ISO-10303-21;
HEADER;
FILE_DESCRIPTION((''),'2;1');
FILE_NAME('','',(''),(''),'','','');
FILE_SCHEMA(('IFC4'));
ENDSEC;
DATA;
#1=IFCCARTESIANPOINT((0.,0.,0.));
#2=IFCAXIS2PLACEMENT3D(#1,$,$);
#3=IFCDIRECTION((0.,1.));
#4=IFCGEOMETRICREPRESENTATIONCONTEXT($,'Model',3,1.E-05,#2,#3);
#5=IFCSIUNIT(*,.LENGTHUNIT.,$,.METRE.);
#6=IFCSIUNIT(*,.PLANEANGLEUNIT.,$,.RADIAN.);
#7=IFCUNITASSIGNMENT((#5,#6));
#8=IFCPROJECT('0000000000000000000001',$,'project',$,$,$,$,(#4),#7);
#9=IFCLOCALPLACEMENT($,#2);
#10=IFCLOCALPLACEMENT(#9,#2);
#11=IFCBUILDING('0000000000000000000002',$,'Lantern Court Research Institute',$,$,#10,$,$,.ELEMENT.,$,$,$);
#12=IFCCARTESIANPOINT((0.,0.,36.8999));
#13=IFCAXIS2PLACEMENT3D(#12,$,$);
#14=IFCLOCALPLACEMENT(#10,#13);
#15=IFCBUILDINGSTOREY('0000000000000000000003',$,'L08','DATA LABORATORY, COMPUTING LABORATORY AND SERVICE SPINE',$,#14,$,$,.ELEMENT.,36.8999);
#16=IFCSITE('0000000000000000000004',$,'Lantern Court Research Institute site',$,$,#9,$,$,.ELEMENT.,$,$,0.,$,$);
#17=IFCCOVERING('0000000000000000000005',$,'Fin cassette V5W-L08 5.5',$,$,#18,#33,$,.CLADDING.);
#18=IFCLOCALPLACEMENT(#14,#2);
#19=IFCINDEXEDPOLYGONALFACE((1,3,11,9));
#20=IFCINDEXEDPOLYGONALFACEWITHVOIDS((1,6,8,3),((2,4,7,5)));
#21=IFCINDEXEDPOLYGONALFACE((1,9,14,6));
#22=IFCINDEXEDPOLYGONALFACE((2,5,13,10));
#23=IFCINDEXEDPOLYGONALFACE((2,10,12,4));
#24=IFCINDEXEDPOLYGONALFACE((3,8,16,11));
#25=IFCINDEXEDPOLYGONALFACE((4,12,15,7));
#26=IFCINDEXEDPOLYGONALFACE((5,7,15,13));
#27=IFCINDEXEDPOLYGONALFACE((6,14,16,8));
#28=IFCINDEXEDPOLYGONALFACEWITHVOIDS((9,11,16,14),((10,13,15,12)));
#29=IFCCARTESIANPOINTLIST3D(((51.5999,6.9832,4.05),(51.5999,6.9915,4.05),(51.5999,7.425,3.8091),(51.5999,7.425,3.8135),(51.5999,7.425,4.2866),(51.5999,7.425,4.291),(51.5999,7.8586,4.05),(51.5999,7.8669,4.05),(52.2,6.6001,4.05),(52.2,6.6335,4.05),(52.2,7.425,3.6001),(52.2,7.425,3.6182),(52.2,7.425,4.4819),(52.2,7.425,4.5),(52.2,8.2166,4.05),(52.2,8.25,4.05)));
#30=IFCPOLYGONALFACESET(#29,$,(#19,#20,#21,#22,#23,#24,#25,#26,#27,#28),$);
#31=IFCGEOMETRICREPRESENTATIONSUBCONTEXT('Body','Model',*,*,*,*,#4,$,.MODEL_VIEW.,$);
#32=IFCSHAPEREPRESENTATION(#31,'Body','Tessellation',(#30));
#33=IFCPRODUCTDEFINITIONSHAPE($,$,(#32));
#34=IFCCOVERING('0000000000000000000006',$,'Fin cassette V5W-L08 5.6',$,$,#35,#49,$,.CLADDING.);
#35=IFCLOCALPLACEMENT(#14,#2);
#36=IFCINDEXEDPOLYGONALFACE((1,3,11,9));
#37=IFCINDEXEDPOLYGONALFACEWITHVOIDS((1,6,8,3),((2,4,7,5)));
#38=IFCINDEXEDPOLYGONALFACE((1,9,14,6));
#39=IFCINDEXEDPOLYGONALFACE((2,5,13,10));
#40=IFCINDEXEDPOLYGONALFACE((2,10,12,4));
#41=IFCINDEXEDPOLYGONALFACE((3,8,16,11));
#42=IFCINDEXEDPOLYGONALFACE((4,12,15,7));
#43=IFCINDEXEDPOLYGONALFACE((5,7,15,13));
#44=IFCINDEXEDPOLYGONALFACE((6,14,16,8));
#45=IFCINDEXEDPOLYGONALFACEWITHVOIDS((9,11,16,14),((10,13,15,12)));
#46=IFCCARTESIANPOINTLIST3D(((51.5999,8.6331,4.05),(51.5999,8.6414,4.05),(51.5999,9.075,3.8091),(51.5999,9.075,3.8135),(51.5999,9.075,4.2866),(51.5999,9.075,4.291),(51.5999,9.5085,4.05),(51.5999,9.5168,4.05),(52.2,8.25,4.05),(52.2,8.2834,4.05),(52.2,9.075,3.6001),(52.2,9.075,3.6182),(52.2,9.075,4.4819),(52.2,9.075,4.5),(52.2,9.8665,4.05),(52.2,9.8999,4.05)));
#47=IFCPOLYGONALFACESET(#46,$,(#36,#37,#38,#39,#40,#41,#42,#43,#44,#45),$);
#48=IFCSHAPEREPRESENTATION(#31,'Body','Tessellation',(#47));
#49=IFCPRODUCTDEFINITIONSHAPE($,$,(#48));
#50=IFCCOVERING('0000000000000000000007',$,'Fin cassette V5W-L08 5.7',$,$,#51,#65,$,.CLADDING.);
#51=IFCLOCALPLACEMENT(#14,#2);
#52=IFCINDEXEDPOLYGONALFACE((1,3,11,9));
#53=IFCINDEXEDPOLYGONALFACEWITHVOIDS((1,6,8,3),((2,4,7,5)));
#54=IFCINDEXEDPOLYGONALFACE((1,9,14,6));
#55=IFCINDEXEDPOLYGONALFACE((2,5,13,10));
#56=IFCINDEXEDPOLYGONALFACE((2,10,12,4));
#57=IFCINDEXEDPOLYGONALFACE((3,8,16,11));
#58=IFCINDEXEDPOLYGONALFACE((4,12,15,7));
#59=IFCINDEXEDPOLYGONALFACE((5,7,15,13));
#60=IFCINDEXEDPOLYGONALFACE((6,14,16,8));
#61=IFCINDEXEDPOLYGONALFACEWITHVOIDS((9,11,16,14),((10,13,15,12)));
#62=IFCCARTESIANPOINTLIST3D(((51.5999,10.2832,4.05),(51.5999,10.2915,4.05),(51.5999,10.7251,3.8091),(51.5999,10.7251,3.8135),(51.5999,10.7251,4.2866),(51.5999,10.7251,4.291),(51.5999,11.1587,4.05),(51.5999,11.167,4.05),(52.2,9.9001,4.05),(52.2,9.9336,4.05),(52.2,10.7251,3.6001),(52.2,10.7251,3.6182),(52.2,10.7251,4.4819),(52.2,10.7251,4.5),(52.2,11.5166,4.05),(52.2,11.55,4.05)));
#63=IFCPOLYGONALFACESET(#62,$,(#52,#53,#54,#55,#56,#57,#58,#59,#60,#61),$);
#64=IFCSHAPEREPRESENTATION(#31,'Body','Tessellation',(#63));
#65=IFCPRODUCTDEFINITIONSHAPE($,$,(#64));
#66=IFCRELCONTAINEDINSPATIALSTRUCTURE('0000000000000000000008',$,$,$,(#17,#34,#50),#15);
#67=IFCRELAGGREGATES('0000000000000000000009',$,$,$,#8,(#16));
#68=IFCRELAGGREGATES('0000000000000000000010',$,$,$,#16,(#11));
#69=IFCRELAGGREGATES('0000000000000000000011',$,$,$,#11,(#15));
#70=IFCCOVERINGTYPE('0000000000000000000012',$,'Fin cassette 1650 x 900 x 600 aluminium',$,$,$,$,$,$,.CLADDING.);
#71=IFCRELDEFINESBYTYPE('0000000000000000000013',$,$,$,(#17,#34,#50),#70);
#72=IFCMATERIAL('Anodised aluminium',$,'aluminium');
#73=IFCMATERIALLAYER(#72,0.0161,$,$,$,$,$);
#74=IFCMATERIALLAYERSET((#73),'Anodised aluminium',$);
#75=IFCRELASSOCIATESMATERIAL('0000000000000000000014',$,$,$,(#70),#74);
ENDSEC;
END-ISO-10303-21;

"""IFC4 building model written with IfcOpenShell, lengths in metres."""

from ifc_helpers import new_model, entity, si_unit, direction, frame, origin, place, context, subcontext, project, spatial, material, layer, layer_set, type_object, element, save


model = new_model("IFC4")

# Units and contexts
model_context = context("Model", 3, precision=1e-05, world=origin(), true_north=direction((0.0, 1.0)))
body_context = subcontext(model_context, "Body", "Model", "MODEL_VIEW")
ifc_project = project(units=[si_unit("LENGTHUNIT", "METRE"), si_unit("PLANEANGLEUNIT", "RADIAN")], contexts=[model_context])

# Site, building, storey
site_placement = place(None, origin())
site = spatial("IfcSite", under=ifc_project, at=site_placement, Name="Lantern Court Research Institute site", CompositionType="ELEMENT", RefElevation=0.0)
building_placement = place(site_placement, origin())
building = spatial("IfcBuilding", under=site, at=building_placement, Name="Lantern Court Research Institute", CompositionType="ELEMENT")
storey_placement = place(building_placement, frame((0.0, 0.0, 36.8999)))
storey = spatial("IfcBuildingStorey", under=building, at=storey_placement, Name="L08", Description="DATA LABORATORY, COMPUTING LABORATORY AND SERVICE SPINE", CompositionType="ELEMENT", Elevation=36.8999)

# Coverings
ifc_material_1 = material(Name="Anodised aluminium", Category="aluminium")
ifc_layer_1 = layer(ifc_material_1, 0.0161)
ifc_layer_set_1 = layer_set([ifc_layer_1], Name="Anodised aluminium")
covering_type = type_object("IfcCoveringType", Name="Fin cassette 1650 x 900 x 600 aluminium", PredefinedType="CLADDING", material=ifc_layer_set_1)
covering_1_placement = place(storey_placement, frame((52.2, 7.425, 4.05), z_axis=(-1.0, 0.0, 0.0), x_axis=(0.0, -1.0, 0.0)))
cartesian_point_1 = entity("IfcCartesianPoint", [0.825, 0.0])
cartesian_point_2 = entity("IfcCartesianPoint", [0.7915, 0.0])
cartesian_point_3 = entity("IfcCartesianPoint", [0.4419, 0.0])
cartesian_point_4 = entity("IfcCartesianPoint", [0.4336, 0.0])
element("IfcCovering", 1, at=covering_1_placement, inside=storey, type_object=covering_type, Name="Fin cassette V5W-L08 5.5", PredefinedType="CLADDING", context=body_context, shape_type="SweptSolid", body=[
    entity("IfcExtrudedAreaSolidTapered", entity("IfcArbitraryProfileDefWithVoids", "AREA", None, entity("IfcPolyline", [cartesian_point_1, entity("IfcCartesianPoint", [0.0, 0.45]), entity("IfcCartesianPoint", [-0.825, 0.0]), entity("IfcCartesianPoint", [0.0, -0.45]), cartesian_point_1]), [entity("IfcPolyline", [cartesian_point_2, entity("IfcCartesianPoint", [0.0, 0.4319]), entity("IfcCartesianPoint", [-0.7915, 0.0]), entity("IfcCartesianPoint", [0.0, -0.4319]), cartesian_point_2])]), entity("IfcAxis2Placement3D", entity("IfcCartesianPoint", [0.0, 0.0, 0.0])), entity("IfcDirection", [0.0, 0.0, 1.0]), 0.6001, entity("IfcArbitraryProfileDefWithVoids", "AREA", None, entity("IfcPolyline", [cartesian_point_3, entity("IfcCartesianPoint", [0.0, 0.241]), entity("IfcCartesianPoint", [-0.4419, 0.0]), entity("IfcCartesianPoint", [0.0, -0.241]), cartesian_point_3]), [entity("IfcPolyline", [cartesian_point_4, entity("IfcCartesianPoint", [0.0, 0.2366]), entity("IfcCartesianPoint", [-0.4336, 0.0]), entity("IfcCartesianPoint", [0.0, -0.2366]), cartesian_point_4])])),
])
covering_2_placement = place(storey_placement, frame((52.2, 9.075, 4.05), z_axis=(-1.0, 0.0, 0.0), x_axis=(0.0, -1.0, 0.0)))
cartesian_point_5 = entity("IfcCartesianPoint", [0.825, 0.0])
cartesian_point_6 = entity("IfcCartesianPoint", [0.7915, 0.0])
cartesian_point_7 = entity("IfcCartesianPoint", [0.4419, 0.0])
cartesian_point_8 = entity("IfcCartesianPoint", [0.4336, 0.0])
element("IfcCovering", 2, at=covering_2_placement, inside=storey, type_object=covering_type, Name="Fin cassette V5W-L08 5.6", PredefinedType="CLADDING", context=body_context, shape_type="SweptSolid", body=[
    entity("IfcExtrudedAreaSolidTapered", entity("IfcArbitraryProfileDefWithVoids", "AREA", None, entity("IfcPolyline", [cartesian_point_5, entity("IfcCartesianPoint", [0.0, 0.45]), entity("IfcCartesianPoint", [-0.825, 0.0]), entity("IfcCartesianPoint", [0.0, -0.45]), cartesian_point_5]), [entity("IfcPolyline", [cartesian_point_6, entity("IfcCartesianPoint", [0.0, 0.4319]), entity("IfcCartesianPoint", [-0.7915, 0.0]), entity("IfcCartesianPoint", [0.0, -0.4319]), cartesian_point_6])]), entity("IfcAxis2Placement3D", entity("IfcCartesianPoint", [0.0, 0.0, 0.0])), entity("IfcDirection", [0.0, 0.0, 1.0]), 0.6001, entity("IfcArbitraryProfileDefWithVoids", "AREA", None, entity("IfcPolyline", [cartesian_point_7, entity("IfcCartesianPoint", [0.0, 0.241]), entity("IfcCartesianPoint", [-0.4419, 0.0]), entity("IfcCartesianPoint", [0.0, -0.241]), cartesian_point_7]), [entity("IfcPolyline", [cartesian_point_8, entity("IfcCartesianPoint", [0.0, 0.2366]), entity("IfcCartesianPoint", [-0.4336, 0.0]), entity("IfcCartesianPoint", [0.0, -0.2366]), cartesian_point_8])])),
])
covering_3_placement = place(storey_placement, frame((52.2, 10.7251, 4.05), z_axis=(-1.0, 0.0, 0.0), x_axis=(0.0, -1.0, 0.0)))
cartesian_point_9 = entity("IfcCartesianPoint", [0.825, 0.0])
cartesian_point_10 = entity("IfcCartesianPoint", [0.7915, 0.0])
cartesian_point_11 = entity("IfcCartesianPoint", [0.4419, 0.0])
cartesian_point_12 = entity("IfcCartesianPoint", [0.4336, 0.0])
element("IfcCovering", 3, at=covering_3_placement, inside=storey, type_object=covering_type, Name="Fin cassette V5W-L08 5.7", PredefinedType="CLADDING", context=body_context, shape_type="SweptSolid", body=[
    entity("IfcExtrudedAreaSolidTapered", entity("IfcArbitraryProfileDefWithVoids", "AREA", None, entity("IfcPolyline", [cartesian_point_9, entity("IfcCartesianPoint", [0.0, 0.45]), entity("IfcCartesianPoint", [-0.825, 0.0]), entity("IfcCartesianPoint", [0.0, -0.45]), cartesian_point_9]), [entity("IfcPolyline", [cartesian_point_10, entity("IfcCartesianPoint", [0.0, 0.4319]), entity("IfcCartesianPoint", [-0.7915, 0.0]), entity("IfcCartesianPoint", [0.0, -0.4319]), cartesian_point_10])]), entity("IfcAxis2Placement3D", entity("IfcCartesianPoint", [0.0, 0.0, 0.0])), entity("IfcDirection", [0.0, 0.0, 1.0]), 0.6001, entity("IfcArbitraryProfileDefWithVoids", "AREA", None, entity("IfcPolyline", [cartesian_point_11, entity("IfcCartesianPoint", [0.0, 0.241]), entity("IfcCartesianPoint", [-0.4419, 0.0]), entity("IfcCartesianPoint", [0.0, -0.241]), cartesian_point_11]), [entity("IfcPolyline", [cartesian_point_12, entity("IfcCartesianPoint", [0.0, 0.2366]), entity("IfcCartesianPoint", [-0.4336, 0.0]), entity("IfcCartesianPoint", [0.0, -0.2366]), cartesian_point_12])])),
])

save(model, "model.ifc")
